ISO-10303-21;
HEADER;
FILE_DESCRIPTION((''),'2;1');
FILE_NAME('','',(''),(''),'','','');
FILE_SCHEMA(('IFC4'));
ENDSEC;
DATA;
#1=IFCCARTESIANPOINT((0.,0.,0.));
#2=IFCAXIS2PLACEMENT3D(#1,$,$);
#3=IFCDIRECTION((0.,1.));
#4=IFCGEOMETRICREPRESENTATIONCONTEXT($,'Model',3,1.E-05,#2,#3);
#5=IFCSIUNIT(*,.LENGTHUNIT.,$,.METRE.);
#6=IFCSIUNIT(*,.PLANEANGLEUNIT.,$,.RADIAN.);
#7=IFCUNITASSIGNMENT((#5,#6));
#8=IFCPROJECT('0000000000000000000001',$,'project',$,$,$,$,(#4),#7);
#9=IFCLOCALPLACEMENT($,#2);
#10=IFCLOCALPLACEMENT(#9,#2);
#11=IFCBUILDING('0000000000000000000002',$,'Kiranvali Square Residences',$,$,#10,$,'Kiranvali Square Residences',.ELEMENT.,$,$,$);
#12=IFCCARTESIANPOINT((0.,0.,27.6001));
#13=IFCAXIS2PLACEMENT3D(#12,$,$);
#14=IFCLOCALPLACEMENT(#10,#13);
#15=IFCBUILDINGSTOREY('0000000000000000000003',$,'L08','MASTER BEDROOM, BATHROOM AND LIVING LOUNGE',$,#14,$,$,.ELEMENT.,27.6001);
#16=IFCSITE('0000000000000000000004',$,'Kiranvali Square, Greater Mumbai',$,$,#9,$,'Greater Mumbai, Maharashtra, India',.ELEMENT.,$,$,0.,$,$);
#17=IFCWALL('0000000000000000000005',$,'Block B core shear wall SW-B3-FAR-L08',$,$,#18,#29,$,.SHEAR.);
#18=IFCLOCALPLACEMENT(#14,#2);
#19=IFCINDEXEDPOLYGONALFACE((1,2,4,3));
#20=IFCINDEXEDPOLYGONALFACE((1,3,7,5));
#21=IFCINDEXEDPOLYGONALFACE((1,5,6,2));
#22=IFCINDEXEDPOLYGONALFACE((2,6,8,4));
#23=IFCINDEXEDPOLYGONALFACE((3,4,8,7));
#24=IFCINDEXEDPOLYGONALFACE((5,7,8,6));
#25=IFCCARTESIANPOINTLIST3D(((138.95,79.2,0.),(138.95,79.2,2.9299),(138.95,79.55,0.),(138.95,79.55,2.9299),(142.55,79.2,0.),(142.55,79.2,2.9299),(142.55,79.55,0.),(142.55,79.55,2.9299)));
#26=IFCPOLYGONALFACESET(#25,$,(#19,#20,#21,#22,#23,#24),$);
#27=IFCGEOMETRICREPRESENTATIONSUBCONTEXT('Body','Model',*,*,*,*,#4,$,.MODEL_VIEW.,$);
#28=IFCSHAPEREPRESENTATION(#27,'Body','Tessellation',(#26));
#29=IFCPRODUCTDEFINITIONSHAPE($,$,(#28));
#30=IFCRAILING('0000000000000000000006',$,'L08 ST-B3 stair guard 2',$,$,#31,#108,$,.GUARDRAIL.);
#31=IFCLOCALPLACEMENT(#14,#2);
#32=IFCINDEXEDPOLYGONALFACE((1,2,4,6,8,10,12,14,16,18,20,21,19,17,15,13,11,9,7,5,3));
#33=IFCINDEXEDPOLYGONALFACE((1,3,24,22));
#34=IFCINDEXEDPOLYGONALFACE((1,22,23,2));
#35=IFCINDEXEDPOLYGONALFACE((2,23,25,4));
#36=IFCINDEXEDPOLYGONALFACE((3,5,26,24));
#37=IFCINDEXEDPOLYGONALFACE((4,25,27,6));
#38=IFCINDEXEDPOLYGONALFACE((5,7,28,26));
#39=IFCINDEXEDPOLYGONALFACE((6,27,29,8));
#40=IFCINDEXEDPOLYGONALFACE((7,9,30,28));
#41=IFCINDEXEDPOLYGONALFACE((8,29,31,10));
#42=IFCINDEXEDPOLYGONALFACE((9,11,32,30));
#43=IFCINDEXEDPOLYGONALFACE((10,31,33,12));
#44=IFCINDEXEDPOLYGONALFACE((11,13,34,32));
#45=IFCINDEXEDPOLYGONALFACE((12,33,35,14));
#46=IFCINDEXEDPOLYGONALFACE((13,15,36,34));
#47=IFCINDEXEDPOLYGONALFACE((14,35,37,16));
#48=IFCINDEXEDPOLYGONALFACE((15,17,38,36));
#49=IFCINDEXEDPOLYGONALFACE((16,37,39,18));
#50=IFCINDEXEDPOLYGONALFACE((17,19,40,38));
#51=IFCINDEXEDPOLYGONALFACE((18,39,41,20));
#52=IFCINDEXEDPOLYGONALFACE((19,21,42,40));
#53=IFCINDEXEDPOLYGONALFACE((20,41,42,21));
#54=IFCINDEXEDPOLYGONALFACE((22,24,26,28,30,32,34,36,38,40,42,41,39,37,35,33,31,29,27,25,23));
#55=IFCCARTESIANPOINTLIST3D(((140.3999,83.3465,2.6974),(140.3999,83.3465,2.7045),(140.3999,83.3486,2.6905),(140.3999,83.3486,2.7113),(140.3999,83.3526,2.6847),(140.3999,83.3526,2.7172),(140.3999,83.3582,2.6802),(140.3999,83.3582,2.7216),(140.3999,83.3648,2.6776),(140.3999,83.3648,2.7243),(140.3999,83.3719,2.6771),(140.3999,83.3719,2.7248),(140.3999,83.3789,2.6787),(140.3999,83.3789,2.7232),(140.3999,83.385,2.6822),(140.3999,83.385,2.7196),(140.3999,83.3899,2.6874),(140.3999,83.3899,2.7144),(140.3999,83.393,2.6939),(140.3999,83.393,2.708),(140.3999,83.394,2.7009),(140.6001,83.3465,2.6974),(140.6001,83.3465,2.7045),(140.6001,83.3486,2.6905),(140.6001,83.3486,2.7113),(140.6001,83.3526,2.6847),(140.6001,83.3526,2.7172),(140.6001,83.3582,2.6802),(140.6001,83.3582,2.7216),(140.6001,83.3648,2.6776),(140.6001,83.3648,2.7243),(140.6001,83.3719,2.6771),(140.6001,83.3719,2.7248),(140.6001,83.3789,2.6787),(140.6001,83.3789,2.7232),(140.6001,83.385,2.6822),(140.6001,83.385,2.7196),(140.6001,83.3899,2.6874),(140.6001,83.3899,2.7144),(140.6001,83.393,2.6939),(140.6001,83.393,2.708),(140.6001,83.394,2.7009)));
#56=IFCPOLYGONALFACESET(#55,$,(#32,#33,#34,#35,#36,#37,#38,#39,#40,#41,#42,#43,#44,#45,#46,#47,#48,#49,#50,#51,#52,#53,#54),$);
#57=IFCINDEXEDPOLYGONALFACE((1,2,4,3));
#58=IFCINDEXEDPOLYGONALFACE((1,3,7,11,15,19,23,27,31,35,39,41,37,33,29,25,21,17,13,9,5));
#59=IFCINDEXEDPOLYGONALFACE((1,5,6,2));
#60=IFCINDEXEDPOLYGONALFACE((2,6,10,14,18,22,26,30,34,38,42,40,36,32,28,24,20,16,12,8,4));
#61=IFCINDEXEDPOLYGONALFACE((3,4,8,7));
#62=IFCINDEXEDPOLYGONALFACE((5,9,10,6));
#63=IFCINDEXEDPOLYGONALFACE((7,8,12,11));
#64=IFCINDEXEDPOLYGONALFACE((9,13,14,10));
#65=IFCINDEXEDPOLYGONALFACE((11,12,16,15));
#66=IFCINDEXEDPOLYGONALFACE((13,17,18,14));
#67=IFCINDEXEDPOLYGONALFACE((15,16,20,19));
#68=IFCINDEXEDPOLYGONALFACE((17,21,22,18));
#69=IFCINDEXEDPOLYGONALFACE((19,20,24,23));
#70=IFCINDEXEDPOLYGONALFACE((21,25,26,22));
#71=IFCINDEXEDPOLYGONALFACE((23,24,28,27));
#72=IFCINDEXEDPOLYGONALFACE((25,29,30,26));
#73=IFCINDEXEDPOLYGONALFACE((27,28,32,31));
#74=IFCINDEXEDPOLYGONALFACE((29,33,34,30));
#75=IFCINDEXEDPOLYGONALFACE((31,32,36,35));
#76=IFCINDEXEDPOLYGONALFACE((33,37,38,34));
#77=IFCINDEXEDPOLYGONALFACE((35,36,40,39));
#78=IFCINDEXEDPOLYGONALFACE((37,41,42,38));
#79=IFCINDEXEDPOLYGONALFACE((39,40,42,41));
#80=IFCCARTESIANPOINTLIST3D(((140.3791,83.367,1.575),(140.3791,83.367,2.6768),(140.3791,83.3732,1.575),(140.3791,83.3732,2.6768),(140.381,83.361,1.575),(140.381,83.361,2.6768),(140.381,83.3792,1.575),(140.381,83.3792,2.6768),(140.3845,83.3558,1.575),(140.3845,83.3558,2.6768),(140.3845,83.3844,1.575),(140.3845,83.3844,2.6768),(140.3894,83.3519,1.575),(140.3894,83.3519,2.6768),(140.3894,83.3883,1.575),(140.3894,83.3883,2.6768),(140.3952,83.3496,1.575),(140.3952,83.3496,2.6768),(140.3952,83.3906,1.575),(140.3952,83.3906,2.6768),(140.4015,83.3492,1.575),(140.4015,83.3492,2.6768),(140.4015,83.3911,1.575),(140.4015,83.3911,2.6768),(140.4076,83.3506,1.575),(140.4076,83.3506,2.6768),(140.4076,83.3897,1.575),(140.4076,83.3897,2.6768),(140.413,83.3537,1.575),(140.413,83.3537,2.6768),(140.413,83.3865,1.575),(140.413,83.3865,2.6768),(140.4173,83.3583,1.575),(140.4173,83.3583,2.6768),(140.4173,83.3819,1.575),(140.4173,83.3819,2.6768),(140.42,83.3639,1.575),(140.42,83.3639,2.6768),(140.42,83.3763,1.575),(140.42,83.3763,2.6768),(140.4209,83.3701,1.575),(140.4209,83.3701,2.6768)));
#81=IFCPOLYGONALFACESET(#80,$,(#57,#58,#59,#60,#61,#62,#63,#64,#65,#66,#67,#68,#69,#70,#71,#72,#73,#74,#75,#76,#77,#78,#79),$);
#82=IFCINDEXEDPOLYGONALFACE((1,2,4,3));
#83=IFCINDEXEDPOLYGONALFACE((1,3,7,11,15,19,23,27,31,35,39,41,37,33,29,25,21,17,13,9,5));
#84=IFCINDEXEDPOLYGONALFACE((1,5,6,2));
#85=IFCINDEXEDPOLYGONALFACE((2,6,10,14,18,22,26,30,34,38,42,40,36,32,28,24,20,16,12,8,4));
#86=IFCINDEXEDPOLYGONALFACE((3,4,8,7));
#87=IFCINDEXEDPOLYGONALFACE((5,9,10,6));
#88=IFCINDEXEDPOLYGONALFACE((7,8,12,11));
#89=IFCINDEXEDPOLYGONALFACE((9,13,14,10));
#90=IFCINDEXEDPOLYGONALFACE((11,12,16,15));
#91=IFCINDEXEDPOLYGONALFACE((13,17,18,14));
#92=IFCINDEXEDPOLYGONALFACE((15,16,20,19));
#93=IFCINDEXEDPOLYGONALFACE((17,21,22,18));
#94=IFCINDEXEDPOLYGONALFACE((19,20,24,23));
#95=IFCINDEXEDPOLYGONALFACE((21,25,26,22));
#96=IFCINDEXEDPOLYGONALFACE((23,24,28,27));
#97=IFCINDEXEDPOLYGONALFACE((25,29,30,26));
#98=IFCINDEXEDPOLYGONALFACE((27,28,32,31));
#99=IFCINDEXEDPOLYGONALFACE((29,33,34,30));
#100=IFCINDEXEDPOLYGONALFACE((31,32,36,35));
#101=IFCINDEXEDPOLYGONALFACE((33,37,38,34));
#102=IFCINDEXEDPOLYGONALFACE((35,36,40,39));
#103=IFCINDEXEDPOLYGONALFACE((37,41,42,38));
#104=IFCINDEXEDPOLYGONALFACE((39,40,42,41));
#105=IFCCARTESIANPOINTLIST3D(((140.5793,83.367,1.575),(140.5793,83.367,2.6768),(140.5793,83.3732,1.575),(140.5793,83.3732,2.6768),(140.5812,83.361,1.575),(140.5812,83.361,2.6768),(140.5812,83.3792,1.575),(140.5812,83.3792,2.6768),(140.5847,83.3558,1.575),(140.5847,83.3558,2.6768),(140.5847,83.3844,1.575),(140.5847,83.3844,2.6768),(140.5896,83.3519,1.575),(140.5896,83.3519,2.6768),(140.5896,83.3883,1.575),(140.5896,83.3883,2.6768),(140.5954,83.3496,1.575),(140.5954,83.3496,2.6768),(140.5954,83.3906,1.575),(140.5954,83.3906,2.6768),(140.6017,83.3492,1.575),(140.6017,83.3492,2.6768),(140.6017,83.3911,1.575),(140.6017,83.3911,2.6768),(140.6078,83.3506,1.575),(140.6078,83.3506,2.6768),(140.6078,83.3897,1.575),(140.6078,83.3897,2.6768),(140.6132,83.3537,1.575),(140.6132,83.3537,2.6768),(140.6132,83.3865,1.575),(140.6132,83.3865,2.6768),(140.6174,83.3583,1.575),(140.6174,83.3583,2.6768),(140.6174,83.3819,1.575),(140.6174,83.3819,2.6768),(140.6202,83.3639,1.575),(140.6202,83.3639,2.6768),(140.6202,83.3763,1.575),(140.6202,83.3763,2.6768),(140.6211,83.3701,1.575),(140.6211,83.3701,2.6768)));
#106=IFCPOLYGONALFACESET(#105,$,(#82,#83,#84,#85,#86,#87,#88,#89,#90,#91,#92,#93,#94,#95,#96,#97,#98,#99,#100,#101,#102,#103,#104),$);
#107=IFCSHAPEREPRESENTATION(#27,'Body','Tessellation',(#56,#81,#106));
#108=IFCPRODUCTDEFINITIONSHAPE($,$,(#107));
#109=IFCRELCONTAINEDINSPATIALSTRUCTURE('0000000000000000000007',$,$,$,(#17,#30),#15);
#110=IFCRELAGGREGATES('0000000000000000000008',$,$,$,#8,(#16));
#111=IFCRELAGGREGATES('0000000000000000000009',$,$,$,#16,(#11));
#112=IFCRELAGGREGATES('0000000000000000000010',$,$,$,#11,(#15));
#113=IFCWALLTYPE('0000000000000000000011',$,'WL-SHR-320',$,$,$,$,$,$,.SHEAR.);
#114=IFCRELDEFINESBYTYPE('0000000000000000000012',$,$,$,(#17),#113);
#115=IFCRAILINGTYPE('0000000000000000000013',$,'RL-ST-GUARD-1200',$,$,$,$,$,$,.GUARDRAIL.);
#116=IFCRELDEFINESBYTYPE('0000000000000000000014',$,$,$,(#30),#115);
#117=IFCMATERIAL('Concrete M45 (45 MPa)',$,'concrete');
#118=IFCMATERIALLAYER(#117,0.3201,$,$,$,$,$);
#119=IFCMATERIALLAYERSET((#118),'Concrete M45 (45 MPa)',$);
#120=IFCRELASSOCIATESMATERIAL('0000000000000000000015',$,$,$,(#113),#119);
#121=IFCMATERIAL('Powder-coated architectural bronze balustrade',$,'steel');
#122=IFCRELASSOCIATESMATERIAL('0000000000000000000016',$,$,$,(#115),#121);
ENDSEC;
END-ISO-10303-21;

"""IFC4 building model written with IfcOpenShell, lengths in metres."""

from ifc_helpers import new_model, si_unit, direction, frame, frame_2d, origin, origin_2d, place, context, subcontext, project, spatial, rectangle, circle, extrude, material, layer, layer_set, type_object, element, save


model = new_model("IFC4")

# Units and contexts
model_context = context("Model", 3, precision=1e-05, world=origin(), true_north=direction((0.0, 1.0)))
body_context = subcontext(model_context, "Body", "Model", "MODEL_VIEW")
ifc_project = project(units=[si_unit("LENGTHUNIT", "METRE"), si_unit("PLANEANGLEUNIT", "RADIAN")], contexts=[model_context])

# Site, building, storey
site_placement = place(None, origin())
site = spatial("IfcSite", under=ifc_project, at=site_placement, Name="Kiranvali Square, Greater Mumbai", LongName="Greater Mumbai, Maharashtra, India", CompositionType="ELEMENT", RefElevation=0.0)
building_placement = place(site_placement, origin())
building = spatial("IfcBuilding", under=site, at=building_placement, Name="Kiranvali Square Residences", LongName="Kiranvali Square Residences", CompositionType="ELEMENT")
storey_placement = place(building_placement, frame((0.0, 0.0, 27.6001)))
storey = spatial("IfcBuildingStorey", under=building, at=storey_placement, Name="L08", Description="MASTER BEDROOM, BATHROOM AND LIVING LOUNGE", CompositionType="ELEMENT", Elevation=27.6001)

# Shared definitions
ifc_material_1 = material(Name="Concrete M45 (45 MPa)", Category="concrete")

# Wall
ifc_layer_1 = layer(ifc_material_1, 0.3201)
ifc_layer_set_1 = layer_set([ifc_layer_1], Name="Concrete M45 (45 MPa)")
wall_type_1 = type_object("IfcWallType", Name="WL-SHR-320", PredefinedType="SHEAR", material=ifc_layer_set_1)
wall_1_placement = place(storey_placement, frame((138.95, 79.375, 0.0), z_axis=(0.0, 0.0, 1.0), x_axis=(1.0, 0.0, 0.0)))
element("IfcWall", 1, at=wall_1_placement, inside=storey, type_object=wall_type_1, Name="Block B core shear wall SW-B3-FAR-L08", PredefinedType="SHEAR", context=body_context, shape_type="SweptSolid", body=[
    extrude(rectangle(XDim=3.6001, YDim=0.3501, at=frame_2d((1.8, 0.0))), origin(), (0.0, 0.0, 1.0), 2.9299),
])

# Railing
ifc_material_2 = material(Name="Powder-coated architectural bronze balustrade", Category="steel")
railing_type = type_object("IfcRailingType", Name="RL-ST-GUARD-1200", PredefinedType="GUARDRAIL", material=ifc_material_2)
railing_1_placement = place(storey_placement, frame((140.3999, 83.3701, 1.575)))
element("IfcRailing", 2, at=railing_1_placement, inside=storey, type_object=railing_type, Name="L08 ST-B3 stair guard 2", PredefinedType="GUARDRAIL", context=body_context, shape_type="SweptSolid", body=[
    extrude(circle(Radius=0.0239, at=origin_2d()), frame((0.0, 0.0, 1.126), z_axis=(1.0, 0.0, 0.0), x_axis=(0.0, 1.0, 0.0)), (0.0, 0.0, 1.0), 0.2002),
    extrude(circle(Radius=0.021, at=origin_2d()), origin(), (0.0, 0.0, 1.0), 1.1018),
    extrude(circle(Radius=0.021, at=origin_2d()), frame((0.2002, 0.0, 0.0)), (0.0, 0.0, 1.0), 1.1018),
])

save(model, "model.ifc")
